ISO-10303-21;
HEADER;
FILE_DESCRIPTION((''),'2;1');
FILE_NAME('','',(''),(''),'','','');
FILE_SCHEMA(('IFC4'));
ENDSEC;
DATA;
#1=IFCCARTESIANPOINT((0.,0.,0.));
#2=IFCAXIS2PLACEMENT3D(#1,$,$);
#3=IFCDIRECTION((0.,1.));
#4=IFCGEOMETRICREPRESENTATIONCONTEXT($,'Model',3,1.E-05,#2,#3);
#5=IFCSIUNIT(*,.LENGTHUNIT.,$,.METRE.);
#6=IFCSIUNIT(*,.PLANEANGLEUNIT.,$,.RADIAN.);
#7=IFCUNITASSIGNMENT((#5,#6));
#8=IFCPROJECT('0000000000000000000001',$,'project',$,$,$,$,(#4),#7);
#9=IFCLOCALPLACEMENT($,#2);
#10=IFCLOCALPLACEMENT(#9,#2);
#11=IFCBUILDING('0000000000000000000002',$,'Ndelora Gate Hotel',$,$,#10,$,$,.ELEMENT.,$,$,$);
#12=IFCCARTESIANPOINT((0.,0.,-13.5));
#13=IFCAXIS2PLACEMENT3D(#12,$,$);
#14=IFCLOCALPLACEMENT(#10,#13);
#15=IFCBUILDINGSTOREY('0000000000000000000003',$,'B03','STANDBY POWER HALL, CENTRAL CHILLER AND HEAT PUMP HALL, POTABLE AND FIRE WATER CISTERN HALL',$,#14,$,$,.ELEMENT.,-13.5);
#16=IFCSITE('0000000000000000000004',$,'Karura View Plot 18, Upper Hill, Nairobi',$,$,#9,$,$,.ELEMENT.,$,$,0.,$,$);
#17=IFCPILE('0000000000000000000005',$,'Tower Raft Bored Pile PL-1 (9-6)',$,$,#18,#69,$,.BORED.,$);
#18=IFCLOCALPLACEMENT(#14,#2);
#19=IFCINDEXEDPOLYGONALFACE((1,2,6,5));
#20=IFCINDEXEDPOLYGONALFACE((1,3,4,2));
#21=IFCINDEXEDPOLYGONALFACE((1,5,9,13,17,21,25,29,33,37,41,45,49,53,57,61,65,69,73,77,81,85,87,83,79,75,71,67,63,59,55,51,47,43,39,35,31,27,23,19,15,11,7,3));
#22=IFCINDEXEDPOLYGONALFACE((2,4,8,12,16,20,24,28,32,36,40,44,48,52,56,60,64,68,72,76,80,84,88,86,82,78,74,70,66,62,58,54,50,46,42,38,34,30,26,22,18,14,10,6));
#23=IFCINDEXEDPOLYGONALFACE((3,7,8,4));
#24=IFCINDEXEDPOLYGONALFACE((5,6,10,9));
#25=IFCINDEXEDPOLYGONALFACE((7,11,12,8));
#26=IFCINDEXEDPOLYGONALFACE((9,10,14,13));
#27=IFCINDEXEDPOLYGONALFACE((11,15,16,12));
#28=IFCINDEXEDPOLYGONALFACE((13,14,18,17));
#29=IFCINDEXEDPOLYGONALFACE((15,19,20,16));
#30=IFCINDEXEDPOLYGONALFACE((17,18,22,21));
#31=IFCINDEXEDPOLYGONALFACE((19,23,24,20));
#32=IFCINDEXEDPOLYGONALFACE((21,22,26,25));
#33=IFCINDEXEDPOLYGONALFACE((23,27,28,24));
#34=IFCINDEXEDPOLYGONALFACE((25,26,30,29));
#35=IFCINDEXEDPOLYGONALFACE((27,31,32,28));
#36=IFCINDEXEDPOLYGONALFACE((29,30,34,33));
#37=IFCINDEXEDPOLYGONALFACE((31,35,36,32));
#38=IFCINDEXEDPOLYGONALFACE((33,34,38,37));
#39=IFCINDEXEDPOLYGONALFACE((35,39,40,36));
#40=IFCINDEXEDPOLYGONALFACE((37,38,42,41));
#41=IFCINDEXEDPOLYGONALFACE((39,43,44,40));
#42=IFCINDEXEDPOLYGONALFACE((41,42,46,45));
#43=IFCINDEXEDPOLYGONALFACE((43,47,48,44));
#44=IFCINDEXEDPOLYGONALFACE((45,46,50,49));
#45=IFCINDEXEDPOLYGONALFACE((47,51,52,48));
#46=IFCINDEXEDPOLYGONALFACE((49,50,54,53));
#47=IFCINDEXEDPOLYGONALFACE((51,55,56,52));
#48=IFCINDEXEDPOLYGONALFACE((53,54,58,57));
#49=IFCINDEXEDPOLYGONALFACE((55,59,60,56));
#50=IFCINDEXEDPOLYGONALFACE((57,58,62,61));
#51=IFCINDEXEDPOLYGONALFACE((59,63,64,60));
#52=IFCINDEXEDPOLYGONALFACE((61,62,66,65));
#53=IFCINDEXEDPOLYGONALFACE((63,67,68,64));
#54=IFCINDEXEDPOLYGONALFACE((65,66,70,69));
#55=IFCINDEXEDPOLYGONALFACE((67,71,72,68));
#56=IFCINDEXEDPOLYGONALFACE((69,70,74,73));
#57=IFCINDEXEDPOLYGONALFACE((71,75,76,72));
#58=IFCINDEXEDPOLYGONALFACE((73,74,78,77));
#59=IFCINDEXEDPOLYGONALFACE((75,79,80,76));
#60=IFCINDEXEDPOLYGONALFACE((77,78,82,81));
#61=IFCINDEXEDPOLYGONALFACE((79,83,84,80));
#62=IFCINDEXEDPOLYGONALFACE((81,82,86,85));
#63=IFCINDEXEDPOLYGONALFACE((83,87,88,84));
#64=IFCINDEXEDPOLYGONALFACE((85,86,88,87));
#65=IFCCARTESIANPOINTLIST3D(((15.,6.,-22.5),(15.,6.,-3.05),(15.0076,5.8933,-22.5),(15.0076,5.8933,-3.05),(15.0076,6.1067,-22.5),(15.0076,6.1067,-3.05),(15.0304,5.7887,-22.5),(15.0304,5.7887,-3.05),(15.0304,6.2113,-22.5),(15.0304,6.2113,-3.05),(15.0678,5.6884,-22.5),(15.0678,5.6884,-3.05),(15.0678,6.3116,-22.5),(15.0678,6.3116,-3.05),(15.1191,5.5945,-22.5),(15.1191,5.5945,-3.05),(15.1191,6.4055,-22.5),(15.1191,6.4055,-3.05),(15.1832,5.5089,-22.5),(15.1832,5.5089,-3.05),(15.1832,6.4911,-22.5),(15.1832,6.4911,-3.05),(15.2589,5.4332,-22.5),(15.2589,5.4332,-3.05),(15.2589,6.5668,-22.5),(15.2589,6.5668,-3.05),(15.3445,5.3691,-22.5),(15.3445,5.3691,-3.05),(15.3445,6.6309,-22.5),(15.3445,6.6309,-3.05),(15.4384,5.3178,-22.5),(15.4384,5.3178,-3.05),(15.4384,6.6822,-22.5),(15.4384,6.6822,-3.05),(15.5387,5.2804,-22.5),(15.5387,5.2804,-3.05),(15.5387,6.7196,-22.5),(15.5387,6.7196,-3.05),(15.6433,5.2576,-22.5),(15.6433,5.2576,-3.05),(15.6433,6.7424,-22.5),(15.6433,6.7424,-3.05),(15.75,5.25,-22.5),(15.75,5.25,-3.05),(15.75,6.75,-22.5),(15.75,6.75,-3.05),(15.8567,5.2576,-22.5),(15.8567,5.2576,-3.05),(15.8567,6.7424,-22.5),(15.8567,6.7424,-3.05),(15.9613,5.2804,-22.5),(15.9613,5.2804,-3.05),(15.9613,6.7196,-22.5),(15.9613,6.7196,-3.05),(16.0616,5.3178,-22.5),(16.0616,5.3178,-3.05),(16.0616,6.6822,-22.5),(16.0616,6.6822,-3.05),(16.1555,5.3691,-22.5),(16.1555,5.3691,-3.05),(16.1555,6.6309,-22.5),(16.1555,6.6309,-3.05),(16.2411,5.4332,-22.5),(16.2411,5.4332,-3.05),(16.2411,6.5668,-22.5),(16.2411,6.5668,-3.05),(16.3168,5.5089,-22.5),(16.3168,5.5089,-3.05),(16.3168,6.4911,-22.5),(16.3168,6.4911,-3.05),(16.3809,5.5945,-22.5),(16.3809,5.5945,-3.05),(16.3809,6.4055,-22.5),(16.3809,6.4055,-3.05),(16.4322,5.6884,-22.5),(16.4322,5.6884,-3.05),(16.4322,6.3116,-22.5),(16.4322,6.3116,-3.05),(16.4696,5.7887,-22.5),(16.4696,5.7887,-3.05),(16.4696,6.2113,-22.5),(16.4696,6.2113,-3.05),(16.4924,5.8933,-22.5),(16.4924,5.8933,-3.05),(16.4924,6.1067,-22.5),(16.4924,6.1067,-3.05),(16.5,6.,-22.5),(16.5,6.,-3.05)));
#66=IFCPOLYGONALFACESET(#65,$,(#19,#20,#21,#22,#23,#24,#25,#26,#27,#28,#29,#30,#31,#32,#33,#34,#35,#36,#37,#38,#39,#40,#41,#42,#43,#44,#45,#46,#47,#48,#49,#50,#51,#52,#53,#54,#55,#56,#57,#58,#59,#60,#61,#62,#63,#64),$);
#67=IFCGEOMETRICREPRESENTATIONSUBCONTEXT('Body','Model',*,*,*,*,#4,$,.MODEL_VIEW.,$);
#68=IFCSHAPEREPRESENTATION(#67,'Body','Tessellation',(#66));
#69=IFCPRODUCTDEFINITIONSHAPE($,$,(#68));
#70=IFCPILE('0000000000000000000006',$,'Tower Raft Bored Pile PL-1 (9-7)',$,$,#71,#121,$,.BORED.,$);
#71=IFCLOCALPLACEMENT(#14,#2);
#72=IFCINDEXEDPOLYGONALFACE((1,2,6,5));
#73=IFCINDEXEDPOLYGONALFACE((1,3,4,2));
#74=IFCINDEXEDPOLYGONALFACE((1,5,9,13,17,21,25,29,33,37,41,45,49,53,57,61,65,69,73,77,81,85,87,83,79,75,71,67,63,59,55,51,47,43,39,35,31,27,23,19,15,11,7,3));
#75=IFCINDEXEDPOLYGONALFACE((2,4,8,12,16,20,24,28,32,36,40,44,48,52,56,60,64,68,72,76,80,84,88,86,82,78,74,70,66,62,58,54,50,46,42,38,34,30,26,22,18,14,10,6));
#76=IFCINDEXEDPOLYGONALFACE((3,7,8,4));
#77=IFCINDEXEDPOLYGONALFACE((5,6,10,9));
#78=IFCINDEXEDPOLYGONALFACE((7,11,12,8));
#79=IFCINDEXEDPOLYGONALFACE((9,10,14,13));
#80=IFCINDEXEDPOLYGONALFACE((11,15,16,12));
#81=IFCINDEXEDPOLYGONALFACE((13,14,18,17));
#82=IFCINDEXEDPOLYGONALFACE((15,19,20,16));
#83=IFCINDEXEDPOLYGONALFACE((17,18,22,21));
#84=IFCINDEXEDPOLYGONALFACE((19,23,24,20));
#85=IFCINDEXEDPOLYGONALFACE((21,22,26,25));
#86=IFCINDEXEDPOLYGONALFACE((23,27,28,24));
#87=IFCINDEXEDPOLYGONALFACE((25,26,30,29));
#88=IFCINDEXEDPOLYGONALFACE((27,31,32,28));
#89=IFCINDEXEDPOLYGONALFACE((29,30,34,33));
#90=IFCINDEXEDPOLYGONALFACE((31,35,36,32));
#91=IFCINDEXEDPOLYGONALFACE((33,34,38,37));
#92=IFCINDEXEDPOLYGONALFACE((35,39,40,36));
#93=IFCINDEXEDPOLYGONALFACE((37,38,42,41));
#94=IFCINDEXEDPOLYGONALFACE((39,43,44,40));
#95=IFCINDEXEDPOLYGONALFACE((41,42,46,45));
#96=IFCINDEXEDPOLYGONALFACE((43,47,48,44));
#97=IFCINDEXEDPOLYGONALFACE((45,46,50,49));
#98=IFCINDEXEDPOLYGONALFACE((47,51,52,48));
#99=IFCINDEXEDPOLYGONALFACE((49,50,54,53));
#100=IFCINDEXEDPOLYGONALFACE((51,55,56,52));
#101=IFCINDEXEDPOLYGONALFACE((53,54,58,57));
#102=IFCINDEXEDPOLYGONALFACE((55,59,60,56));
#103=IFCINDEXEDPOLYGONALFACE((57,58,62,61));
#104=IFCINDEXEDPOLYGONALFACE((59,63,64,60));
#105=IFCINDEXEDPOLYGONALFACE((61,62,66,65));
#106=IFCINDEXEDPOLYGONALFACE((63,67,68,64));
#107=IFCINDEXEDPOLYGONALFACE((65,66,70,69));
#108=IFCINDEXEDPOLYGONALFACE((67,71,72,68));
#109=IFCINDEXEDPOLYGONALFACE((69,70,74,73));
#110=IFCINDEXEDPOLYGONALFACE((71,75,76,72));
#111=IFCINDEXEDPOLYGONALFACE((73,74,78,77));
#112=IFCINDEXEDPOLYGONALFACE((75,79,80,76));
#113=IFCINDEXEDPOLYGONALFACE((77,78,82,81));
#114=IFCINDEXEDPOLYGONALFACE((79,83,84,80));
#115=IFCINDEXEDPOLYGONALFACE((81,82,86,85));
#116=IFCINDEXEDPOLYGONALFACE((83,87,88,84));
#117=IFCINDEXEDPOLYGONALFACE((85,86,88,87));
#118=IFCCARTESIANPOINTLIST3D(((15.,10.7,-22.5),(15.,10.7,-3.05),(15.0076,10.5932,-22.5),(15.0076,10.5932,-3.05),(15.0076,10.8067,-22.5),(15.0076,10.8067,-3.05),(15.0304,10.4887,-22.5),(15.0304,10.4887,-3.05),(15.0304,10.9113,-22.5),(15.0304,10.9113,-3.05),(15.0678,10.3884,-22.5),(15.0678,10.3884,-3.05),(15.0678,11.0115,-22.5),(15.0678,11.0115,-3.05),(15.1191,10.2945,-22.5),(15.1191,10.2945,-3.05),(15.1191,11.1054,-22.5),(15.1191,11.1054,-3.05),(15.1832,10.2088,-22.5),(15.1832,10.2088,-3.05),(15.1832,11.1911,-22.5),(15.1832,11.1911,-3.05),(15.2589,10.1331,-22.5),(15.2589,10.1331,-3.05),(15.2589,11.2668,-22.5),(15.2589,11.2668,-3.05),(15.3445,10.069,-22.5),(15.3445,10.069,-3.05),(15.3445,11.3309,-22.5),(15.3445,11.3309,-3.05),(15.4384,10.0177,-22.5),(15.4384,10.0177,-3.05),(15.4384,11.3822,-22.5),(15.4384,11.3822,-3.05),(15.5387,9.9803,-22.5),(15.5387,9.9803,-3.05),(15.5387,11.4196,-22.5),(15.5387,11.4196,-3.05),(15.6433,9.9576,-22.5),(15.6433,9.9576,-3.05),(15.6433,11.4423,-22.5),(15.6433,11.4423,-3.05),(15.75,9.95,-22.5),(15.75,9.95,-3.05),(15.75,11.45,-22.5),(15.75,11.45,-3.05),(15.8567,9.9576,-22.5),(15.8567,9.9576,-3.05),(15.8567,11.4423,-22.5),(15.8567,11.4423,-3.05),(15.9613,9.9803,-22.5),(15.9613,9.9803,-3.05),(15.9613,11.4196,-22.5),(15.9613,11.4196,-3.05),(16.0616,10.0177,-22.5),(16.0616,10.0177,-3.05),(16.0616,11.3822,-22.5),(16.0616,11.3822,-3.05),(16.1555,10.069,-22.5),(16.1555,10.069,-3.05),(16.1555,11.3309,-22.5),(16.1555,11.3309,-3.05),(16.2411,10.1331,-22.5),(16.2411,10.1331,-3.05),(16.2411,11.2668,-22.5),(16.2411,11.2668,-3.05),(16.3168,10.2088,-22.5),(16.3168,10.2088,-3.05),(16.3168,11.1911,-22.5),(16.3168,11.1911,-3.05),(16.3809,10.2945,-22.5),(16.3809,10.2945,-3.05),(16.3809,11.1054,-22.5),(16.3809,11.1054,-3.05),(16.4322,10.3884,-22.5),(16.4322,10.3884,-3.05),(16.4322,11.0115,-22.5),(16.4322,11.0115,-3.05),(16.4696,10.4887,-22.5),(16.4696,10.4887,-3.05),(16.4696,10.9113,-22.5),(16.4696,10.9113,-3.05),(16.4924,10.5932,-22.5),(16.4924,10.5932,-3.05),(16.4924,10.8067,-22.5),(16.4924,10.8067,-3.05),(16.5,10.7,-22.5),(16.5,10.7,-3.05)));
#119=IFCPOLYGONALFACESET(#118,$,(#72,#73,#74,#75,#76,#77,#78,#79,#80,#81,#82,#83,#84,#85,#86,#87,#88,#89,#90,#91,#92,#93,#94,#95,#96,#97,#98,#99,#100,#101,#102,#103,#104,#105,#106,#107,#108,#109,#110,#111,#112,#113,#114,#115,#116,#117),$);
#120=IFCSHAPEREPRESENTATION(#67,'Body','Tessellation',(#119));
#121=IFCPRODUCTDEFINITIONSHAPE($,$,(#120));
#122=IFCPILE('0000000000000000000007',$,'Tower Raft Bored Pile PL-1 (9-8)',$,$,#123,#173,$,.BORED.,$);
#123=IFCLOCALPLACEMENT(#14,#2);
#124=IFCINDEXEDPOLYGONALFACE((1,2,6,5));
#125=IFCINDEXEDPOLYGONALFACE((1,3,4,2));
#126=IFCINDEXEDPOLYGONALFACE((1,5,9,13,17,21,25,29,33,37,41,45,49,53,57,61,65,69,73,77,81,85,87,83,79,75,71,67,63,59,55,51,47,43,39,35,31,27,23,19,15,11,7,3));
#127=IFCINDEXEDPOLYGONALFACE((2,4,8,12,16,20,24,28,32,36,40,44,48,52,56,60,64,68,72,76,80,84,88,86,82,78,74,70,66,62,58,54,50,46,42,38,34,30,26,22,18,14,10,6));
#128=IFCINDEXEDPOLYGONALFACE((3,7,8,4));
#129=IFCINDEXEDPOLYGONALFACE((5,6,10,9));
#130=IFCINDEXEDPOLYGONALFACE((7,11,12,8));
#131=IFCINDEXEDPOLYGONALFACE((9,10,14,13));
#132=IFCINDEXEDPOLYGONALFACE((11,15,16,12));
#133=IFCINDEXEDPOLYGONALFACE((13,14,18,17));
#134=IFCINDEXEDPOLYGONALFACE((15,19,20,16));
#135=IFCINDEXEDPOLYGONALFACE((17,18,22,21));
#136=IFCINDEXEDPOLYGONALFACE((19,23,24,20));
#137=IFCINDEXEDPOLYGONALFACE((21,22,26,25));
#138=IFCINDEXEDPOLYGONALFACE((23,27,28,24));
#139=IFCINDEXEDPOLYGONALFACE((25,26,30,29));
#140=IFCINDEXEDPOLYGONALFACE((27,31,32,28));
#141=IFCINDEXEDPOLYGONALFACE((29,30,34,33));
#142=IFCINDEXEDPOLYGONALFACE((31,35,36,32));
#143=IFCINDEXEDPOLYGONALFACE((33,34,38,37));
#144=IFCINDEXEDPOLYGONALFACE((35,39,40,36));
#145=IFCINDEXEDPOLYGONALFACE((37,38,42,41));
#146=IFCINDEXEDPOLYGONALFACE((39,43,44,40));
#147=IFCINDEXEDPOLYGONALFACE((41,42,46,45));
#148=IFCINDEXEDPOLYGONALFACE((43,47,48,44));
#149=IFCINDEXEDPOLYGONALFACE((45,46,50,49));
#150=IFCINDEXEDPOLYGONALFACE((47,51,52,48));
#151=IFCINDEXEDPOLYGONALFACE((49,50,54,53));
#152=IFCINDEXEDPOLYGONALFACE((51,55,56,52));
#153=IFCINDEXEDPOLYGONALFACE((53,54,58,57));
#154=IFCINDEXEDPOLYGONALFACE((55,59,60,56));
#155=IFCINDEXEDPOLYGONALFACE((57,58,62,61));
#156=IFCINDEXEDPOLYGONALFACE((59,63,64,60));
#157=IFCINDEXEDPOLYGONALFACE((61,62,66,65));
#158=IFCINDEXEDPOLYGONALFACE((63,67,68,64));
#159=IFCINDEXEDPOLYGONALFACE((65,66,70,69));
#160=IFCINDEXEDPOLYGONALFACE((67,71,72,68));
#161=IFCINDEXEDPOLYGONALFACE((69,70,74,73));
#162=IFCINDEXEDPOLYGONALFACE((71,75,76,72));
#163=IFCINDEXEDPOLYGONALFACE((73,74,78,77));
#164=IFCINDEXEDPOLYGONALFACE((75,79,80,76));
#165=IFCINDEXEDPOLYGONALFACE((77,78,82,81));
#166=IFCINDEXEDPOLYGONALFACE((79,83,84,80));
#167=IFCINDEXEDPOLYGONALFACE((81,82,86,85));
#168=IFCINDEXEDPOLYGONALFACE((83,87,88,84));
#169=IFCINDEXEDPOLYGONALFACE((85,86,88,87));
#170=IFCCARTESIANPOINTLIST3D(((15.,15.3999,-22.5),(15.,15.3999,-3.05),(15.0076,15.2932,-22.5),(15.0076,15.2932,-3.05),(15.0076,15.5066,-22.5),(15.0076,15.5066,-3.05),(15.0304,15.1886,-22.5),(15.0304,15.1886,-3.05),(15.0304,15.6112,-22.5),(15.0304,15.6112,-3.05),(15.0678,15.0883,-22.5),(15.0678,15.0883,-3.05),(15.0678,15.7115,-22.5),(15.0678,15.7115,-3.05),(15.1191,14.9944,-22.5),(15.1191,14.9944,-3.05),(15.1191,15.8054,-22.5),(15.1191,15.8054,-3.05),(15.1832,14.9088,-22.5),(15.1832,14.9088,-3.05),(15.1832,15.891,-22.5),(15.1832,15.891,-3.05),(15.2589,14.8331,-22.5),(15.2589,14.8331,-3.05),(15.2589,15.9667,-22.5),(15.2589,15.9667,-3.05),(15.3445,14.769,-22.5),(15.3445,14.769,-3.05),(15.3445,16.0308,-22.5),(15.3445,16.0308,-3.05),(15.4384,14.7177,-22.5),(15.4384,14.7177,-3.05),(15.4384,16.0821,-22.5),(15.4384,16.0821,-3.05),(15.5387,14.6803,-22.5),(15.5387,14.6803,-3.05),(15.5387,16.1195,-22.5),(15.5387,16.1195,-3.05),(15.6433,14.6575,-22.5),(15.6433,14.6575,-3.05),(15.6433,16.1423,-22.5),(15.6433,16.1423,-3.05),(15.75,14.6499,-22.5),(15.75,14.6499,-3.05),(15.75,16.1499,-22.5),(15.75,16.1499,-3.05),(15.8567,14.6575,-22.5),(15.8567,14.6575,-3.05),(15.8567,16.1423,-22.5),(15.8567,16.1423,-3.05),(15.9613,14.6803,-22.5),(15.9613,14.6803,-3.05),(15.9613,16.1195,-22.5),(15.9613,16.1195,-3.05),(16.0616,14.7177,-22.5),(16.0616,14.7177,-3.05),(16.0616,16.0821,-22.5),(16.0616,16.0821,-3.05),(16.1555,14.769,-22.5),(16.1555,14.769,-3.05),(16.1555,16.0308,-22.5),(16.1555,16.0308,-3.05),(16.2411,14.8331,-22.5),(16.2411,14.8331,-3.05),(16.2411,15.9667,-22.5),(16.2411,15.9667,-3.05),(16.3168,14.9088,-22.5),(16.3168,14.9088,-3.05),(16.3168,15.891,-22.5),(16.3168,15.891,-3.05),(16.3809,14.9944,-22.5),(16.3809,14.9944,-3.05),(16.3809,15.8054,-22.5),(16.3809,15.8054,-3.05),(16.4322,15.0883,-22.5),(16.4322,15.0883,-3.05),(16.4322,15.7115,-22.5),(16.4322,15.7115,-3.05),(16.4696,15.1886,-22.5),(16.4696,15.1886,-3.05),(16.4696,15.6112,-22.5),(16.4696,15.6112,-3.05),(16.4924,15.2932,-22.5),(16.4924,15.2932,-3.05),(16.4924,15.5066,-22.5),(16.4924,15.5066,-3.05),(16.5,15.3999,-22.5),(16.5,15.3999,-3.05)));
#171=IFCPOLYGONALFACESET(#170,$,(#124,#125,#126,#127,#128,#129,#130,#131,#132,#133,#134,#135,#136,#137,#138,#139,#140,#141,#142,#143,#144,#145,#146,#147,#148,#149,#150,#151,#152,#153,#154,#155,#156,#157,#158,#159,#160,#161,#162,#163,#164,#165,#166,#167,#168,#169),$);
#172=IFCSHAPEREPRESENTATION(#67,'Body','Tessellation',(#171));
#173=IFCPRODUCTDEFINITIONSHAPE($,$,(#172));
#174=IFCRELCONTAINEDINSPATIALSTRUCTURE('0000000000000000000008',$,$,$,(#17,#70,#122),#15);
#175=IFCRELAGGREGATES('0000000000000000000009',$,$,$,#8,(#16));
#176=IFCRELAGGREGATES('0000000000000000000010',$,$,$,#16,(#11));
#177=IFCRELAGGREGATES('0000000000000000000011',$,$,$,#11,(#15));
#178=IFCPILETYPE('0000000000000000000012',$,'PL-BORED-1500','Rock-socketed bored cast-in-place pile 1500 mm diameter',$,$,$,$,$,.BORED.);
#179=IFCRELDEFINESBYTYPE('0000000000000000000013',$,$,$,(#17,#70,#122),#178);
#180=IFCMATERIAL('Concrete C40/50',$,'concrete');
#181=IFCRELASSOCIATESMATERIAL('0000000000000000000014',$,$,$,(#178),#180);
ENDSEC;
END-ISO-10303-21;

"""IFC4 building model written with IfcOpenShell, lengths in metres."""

from ifc_helpers import new_model, si_unit, direction, frame, origin, origin_2d, place, context, subcontext, project, spatial, circle, extrude, material, material_profile, profile_set, type_object, element, save


model = new_model("IFC4")

# Units and contexts
model_context = context("Model", 3, precision=1e-05, world=origin(), true_north=direction((0.0, 1.0)))
body_context = subcontext(model_context, "Body", "Model", "MODEL_VIEW")
ifc_project = project(units=[si_unit("LENGTHUNIT", "METRE"), si_unit("PLANEANGLEUNIT", "RADIAN")], contexts=[model_context])

# Site, building, storey
site_placement = place(None, origin())
site = spatial("IfcSite", under=ifc_project, at=site_placement, Name="Karura View Plot 18, Upper Hill, Nairobi", CompositionType="ELEMENT", RefElevation=0.0)
building_placement = place(site_placement, origin())
building = spatial("IfcBuilding", under=site, at=building_placement, Name="Ndelora Gate Hotel", CompositionType="ELEMENT")
storey_placement = place(building_placement, frame((0.0, 0.0, -13.5)))
storey = spatial("IfcBuildingStorey", under=building, at=storey_placement, Name="B03", Description="STANDBY POWER HALL, CENTRAL CHILLER AND HEAT PUMP HALL, POTABLE AND FIRE WATER CISTERN HALL", CompositionType="ELEMENT", Elevation=-13.5)

# Piles
ifc_material_1 = material(Name="Concrete C40/50", Category="concrete")
ifc_material_profile_1 = material_profile(ifc_material_1, circle(Radius=0.75, at=origin_2d()), Name="PILE D1500")
ifc_profile_set_1 = profile_set([ifc_material_profile_1], Name="Concrete C40/50")
pile_type = type_object("IfcPileType", Name="PL-BORED-1500", Description="Rock-socketed bored cast-in-place pile 1500 mm diameter", PredefinedType="BORED", material=ifc_profile_set_1)
for number, where, z_axis, x_axis, name in (
    (1, (15.75, 6.0, -3.05), (0.0, 0.0, -1.0), (1.0, 0.0, 0.0), "Tower Raft Bored Pile PL-1 (9-6)"),
    (2, (15.75, 10.7, -3.05), (0.0, 0.0, -1.0), (1.0, 0.0, 0.0), "Tower Raft Bored Pile PL-1 (9-7)"),
    (3, (15.75, 15.3999, -3.05), (0.0, 0.0, -1.0), (1.0, 0.0, 0.0), "Tower Raft Bored Pile PL-1 (9-8)"),
):
    element("IfcPile", number, at=place(storey_placement, frame(where, z_axis=z_axis, x_axis=x_axis)), inside=storey, type_object=pile_type, Name=name, PredefinedType="BORED", context=body_context, shape_type="SweptSolid", body=[
        extrude(circle(Radius=0.75, at=origin_2d()), origin(), (0.0, 0.0, 1.0), 19.45),
    ])

save(model, "model.ifc")
